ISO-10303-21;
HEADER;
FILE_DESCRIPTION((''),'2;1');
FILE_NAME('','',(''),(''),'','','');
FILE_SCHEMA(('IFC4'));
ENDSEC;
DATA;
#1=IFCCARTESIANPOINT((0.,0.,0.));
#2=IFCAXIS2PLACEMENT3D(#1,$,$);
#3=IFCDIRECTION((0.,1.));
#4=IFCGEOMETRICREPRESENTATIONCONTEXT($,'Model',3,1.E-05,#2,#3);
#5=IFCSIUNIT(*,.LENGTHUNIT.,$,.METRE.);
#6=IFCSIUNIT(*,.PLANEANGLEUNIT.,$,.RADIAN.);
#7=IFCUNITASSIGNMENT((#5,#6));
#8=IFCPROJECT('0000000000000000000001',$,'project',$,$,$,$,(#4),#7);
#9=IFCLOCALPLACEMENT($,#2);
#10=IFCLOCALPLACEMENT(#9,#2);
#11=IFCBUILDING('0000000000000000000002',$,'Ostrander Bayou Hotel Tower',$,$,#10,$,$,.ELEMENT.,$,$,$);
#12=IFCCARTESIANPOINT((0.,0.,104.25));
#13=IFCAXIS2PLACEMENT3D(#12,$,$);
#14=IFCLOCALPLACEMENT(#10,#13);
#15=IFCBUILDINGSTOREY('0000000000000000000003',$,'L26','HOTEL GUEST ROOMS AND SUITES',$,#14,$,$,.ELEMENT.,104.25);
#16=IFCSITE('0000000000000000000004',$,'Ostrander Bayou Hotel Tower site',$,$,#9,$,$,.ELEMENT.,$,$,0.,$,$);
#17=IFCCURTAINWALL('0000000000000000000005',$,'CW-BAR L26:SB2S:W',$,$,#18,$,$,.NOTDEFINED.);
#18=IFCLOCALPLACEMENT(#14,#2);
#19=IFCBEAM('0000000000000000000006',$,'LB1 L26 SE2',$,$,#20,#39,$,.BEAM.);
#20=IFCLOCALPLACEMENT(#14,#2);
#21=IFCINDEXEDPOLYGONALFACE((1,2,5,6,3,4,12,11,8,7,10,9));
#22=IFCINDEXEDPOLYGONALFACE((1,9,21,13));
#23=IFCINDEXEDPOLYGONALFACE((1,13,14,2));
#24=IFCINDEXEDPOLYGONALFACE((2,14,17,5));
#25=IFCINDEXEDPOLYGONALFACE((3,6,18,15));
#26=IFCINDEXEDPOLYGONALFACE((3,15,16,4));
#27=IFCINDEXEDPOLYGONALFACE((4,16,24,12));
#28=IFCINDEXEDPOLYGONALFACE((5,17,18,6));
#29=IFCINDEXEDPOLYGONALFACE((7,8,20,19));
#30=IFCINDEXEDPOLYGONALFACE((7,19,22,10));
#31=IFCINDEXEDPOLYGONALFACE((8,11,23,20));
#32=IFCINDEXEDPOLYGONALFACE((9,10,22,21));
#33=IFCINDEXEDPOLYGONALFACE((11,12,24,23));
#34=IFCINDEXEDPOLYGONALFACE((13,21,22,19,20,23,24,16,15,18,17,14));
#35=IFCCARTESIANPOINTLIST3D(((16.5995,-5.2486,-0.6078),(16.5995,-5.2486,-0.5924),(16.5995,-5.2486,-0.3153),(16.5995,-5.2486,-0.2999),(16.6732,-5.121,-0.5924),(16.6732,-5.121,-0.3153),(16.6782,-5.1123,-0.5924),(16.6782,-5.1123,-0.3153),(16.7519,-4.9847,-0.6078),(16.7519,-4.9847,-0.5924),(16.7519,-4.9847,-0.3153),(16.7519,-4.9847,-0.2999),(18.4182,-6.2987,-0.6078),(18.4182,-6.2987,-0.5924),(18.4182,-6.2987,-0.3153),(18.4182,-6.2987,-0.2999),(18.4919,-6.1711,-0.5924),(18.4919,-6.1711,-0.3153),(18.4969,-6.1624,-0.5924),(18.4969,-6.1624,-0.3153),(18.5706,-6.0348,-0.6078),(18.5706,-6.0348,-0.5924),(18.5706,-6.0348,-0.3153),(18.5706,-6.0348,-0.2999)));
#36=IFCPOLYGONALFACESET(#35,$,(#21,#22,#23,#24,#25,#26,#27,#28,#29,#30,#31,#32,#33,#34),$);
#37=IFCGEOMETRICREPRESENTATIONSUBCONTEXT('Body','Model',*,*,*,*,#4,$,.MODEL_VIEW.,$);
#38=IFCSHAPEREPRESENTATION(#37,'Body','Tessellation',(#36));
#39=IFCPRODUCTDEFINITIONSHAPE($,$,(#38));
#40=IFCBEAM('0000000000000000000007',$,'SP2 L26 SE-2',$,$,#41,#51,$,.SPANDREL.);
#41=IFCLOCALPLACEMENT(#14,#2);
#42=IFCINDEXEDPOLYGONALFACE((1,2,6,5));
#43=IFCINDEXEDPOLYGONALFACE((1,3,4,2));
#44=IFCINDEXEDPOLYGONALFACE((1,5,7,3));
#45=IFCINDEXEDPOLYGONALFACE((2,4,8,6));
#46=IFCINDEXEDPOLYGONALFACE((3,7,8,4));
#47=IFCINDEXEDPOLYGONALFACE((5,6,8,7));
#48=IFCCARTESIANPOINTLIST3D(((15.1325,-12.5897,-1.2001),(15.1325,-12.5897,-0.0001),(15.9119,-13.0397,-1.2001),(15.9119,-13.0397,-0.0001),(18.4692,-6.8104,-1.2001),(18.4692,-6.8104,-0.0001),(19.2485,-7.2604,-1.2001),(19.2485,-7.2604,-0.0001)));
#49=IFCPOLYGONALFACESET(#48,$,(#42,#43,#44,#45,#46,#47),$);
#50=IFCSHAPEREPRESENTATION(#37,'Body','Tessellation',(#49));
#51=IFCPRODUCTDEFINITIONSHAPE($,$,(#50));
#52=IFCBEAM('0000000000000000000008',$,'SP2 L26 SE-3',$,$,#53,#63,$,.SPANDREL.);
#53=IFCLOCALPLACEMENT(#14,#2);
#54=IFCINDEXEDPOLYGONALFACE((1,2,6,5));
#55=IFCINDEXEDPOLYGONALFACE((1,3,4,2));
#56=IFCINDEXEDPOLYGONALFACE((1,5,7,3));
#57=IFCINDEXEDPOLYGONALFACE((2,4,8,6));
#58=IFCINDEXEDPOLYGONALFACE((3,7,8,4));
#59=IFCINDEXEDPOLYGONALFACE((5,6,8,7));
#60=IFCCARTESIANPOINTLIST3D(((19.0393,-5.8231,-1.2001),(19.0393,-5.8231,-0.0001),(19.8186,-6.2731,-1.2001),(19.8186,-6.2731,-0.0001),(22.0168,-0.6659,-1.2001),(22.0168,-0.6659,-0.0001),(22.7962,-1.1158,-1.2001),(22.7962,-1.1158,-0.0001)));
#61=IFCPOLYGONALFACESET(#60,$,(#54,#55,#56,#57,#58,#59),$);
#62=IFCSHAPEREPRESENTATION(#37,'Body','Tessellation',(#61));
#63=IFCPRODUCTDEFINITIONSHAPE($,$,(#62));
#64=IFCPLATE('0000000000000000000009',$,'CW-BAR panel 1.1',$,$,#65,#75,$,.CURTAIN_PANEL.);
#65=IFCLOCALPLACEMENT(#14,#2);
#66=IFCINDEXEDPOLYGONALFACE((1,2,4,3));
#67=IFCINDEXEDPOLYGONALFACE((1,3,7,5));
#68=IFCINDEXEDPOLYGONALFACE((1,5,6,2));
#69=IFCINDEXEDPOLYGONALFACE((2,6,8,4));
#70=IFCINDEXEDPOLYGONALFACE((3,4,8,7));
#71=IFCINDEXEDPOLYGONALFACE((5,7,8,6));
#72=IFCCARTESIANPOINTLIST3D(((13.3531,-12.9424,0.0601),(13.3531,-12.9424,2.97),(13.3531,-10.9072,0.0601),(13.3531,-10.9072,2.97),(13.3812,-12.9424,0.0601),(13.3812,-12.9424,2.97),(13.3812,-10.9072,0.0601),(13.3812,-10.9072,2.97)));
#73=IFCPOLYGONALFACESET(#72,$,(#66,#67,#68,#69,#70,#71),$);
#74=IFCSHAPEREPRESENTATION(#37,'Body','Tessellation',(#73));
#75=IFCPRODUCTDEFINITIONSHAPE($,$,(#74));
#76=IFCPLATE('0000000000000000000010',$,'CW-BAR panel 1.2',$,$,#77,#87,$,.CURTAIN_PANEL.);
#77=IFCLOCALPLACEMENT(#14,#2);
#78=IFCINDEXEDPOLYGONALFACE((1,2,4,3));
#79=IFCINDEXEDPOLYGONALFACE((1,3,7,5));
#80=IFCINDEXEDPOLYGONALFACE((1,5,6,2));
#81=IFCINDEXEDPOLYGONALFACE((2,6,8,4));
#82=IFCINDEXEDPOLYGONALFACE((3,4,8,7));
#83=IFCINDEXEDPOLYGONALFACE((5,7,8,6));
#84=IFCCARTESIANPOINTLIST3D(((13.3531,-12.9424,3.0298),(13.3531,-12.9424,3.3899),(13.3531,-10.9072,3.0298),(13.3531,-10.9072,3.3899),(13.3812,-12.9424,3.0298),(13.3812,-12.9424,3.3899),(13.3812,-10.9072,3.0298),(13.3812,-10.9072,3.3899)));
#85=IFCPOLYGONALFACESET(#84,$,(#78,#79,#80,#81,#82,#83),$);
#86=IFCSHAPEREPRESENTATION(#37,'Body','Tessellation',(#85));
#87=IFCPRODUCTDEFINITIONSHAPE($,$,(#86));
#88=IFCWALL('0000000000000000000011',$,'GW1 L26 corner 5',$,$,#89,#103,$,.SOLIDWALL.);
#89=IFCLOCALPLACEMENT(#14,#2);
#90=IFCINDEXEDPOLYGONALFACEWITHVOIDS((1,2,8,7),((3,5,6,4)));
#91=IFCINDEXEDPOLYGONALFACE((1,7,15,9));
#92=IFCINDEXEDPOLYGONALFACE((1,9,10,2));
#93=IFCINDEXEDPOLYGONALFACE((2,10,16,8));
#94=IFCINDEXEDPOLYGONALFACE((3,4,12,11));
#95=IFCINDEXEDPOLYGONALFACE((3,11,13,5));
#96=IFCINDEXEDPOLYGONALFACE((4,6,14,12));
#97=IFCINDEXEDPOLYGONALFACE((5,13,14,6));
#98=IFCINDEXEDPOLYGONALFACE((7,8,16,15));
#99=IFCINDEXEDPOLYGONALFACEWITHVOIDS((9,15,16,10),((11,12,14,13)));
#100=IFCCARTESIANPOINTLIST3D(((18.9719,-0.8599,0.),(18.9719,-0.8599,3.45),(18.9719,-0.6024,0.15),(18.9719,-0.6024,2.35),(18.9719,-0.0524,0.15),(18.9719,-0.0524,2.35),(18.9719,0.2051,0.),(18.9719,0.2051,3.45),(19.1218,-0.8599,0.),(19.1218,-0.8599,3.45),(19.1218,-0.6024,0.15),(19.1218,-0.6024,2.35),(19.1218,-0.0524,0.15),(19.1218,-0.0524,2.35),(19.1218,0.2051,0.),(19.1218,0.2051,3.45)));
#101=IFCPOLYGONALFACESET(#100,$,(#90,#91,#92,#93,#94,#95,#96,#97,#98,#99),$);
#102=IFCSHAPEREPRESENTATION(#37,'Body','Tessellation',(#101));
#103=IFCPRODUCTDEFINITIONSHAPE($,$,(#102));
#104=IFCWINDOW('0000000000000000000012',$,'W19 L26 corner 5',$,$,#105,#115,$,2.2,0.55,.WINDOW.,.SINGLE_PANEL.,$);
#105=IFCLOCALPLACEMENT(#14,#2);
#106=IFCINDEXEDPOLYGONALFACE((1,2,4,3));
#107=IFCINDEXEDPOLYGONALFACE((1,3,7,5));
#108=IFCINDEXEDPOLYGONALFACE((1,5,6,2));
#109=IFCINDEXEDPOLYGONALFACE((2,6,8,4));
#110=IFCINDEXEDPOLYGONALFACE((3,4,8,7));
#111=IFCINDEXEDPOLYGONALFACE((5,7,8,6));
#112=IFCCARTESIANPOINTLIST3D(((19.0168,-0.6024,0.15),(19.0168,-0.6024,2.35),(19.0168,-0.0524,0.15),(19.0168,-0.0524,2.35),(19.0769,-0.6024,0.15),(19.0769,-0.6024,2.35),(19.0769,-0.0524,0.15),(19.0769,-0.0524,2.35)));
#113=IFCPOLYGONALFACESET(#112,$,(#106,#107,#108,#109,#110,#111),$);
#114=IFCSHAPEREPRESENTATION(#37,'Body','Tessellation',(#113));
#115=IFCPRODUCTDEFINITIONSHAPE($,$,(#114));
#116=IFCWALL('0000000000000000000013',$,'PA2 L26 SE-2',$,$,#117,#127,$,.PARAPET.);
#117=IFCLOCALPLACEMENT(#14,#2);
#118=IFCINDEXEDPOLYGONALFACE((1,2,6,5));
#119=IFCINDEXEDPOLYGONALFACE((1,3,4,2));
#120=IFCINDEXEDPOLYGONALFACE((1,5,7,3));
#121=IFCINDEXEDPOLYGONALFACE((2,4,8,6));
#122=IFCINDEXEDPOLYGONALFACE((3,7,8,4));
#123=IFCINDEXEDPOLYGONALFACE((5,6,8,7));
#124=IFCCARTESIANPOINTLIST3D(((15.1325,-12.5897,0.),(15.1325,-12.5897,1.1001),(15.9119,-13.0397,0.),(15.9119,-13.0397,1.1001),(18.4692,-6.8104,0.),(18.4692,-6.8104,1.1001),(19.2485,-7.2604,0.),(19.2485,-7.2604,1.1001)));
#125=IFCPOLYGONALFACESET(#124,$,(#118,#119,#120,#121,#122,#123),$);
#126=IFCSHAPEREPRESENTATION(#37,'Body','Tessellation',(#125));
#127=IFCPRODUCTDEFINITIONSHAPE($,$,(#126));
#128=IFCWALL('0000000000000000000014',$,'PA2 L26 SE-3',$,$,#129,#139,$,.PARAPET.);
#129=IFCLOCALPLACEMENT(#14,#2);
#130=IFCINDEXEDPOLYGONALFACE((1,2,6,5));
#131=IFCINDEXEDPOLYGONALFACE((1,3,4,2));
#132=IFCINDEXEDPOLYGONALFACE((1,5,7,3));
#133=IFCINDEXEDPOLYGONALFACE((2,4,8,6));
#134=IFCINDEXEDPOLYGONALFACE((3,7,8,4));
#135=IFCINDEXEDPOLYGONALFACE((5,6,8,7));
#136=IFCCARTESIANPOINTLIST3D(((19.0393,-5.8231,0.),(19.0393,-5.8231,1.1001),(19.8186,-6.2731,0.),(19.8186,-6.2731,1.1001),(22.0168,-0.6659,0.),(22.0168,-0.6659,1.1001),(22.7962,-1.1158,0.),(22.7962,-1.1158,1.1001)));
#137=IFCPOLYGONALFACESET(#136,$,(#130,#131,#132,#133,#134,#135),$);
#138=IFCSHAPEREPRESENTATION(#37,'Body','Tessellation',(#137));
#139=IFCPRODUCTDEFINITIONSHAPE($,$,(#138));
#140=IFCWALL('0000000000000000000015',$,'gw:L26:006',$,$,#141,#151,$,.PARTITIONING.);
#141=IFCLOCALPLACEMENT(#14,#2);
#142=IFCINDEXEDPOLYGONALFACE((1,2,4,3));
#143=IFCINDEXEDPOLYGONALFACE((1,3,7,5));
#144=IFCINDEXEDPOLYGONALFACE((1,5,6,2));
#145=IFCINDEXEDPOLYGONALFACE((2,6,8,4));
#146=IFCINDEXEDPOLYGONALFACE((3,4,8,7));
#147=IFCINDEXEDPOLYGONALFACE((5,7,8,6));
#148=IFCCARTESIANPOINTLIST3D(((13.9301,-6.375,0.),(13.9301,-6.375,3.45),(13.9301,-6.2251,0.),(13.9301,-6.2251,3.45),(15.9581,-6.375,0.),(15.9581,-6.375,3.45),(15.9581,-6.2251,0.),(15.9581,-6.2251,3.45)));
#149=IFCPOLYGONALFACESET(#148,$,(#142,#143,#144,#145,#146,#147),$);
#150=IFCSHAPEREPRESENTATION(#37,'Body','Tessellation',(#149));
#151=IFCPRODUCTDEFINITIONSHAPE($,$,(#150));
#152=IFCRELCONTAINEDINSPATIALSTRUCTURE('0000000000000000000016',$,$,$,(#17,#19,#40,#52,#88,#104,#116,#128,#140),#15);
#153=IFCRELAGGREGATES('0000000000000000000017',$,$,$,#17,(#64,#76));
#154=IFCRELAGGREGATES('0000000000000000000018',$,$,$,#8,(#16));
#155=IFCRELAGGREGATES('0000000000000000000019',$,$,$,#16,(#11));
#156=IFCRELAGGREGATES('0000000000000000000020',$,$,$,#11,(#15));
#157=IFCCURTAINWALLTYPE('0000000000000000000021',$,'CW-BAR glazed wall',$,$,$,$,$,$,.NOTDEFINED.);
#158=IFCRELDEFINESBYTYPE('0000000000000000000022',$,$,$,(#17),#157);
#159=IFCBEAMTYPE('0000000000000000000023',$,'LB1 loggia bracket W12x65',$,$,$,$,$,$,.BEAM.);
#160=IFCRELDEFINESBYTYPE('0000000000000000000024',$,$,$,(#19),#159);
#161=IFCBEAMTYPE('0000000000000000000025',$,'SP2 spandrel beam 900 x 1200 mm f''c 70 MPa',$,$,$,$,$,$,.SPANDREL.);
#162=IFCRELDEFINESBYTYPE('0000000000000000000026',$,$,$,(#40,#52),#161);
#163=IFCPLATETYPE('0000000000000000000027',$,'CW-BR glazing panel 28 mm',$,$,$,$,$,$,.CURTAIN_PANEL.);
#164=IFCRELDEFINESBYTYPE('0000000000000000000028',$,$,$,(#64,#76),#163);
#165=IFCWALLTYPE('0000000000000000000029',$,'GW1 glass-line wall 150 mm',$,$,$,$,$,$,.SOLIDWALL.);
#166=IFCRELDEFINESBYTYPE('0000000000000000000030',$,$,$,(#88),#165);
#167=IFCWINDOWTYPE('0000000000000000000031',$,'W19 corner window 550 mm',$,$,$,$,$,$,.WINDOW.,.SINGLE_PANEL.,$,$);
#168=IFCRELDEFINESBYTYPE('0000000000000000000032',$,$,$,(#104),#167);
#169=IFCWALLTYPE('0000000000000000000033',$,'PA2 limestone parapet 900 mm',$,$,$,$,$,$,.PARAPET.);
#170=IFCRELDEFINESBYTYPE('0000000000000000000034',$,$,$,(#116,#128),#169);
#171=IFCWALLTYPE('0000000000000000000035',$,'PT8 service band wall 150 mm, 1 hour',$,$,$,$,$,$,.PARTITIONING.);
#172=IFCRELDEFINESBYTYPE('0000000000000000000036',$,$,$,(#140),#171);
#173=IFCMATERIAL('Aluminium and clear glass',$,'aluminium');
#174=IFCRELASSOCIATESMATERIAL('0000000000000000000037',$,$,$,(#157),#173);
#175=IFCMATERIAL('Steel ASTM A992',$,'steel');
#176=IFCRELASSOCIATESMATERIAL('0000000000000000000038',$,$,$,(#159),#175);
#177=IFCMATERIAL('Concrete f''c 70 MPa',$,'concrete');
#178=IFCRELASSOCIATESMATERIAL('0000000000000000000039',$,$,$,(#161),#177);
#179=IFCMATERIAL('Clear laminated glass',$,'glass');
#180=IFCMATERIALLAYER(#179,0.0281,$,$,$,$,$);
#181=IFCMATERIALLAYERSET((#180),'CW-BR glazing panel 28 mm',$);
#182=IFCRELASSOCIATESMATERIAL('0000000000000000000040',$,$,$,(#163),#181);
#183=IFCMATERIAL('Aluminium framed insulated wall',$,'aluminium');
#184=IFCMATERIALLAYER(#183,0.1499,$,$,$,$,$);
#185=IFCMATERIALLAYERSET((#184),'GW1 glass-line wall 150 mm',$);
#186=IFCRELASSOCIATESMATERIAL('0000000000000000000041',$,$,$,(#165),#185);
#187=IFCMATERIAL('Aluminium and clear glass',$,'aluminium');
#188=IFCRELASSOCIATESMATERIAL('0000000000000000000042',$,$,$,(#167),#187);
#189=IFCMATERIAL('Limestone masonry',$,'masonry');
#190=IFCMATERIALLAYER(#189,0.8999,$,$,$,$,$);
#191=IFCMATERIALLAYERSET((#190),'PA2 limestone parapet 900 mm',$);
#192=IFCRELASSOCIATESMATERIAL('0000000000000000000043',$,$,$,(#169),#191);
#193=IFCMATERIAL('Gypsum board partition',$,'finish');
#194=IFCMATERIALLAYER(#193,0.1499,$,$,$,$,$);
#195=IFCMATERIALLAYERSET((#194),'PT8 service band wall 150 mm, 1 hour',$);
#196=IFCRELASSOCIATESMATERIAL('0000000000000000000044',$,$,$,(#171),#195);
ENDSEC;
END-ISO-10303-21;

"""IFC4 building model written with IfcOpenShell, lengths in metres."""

from ifc_helpers import new_model, si_unit, direction, frame, frame_2d, origin, origin_2d, place, context, subcontext, project, spatial, rectangle, i_section, extrude, material, layer, layer_set, material_profile, profile_set, type_object, element, fill, aggregate, save


model = new_model("IFC4")

# Units and contexts
model_context = context("Model", 3, precision=1e-05, world=origin(), true_north=direction((0.0, 1.0)))
body_context = subcontext(model_context, "Body", "Model", "MODEL_VIEW")
ifc_project = project(units=[si_unit("LENGTHUNIT", "METRE"), si_unit("PLANEANGLEUNIT", "RADIAN")], contexts=[model_context])

# Site, building, storey
site_placement = place(None, origin())
site = spatial("IfcSite", under=ifc_project, at=site_placement, Name="Ostrander Bayou Hotel Tower site", CompositionType="ELEMENT", RefElevation=0.0)
building_placement = place(site_placement, origin())
building = spatial("IfcBuilding", under=site, at=building_placement, Name="Ostrander Bayou Hotel Tower", CompositionType="ELEMENT")
storey_placement = place(building_placement, frame((0.0, 0.0, 104.25)))
storey = spatial("IfcBuildingStorey", under=building, at=storey_placement, Name="L26", Description="HOTEL GUEST ROOMS AND SUITES", CompositionType="ELEMENT", Elevation=104.25)

# Curtain wall
ifc_material_1 = material(Name="Aluminium and clear glass", Category="aluminium")
curtain_wall_type = type_object("IfcCurtainWallType", Name="CW-BAR glazed wall", PredefinedType="NOTDEFINED", material=ifc_material_1)
curtain_wall_placement = place(storey_placement, origin())
curtain_wall = element("IfcCurtainWall", 1, at=curtain_wall_placement, inside=storey, type_object=curtain_wall_type, Name="CW-BAR L26:SB2S:W", PredefinedType="NOTDEFINED")

# Beams
ifc_material_2 = material(Name="Steel ASTM A992", Category="steel")
ifc_material_profile_1 = material_profile(ifc_material_2, i_section(OverallWidth=0.3047, OverallDepth=0.3079, WebThickness=0.01, FlangeThickness=0.0154, at=origin_2d()))
ifc_profile_set_1 = profile_set([ifc_material_profile_1], Name="Steel ASTM A992")
beam_type_1 = type_object("IfcBeamType", Name="LB1 loggia bracket W12x65", PredefinedType="BEAM", material=ifc_profile_set_1)
for number, where, z_axis, x_axis, name in (
    (2, (18.4944, -6.1667, -0.4539), (-0.866009, 0.500028, 0.0), (-0.500028, -0.866009, 0.0), "LB1 L26 SE2"),
):
    element("IfcBeam", number, at=place(storey_placement, frame(where, z_axis=z_axis, x_axis=x_axis)), inside=storey, type_object=beam_type_1, Name=name, PredefinedType="BEAM", context=body_context, shape_type="SweptSolid", body=[
        extrude(i_section(OverallWidth=0.3047, OverallDepth=0.3079, WebThickness=0.01, FlangeThickness=0.0154, at=origin_2d()), origin(), (0.0, 0.0, 1.0), 2.1001),
    ])
ifc_material_3 = material(Name="Concrete f'c 70 MPa", Category="concrete")
ifc_material_profile_2 = material_profile(ifc_material_3, rectangle(XDim=0.8999, YDim=1.2, at=origin_2d()))
ifc_profile_set_2 = profile_set([ifc_material_profile_2], Name="Concrete f'c 70 MPa")
beam_type_2 = type_object("IfcBeamType", Name="SP2 spandrel beam 900 x 1200 mm f'c 70 MPa", PredefinedType="SPANDREL", material=ifc_profile_set_2)
beam_1_placement = place(storey_placement, frame((15.5222, -12.8147, -0.6001), z_axis=(0.499999, 0.866026, 0.0), x_axis=(-0.866026, 0.499999, 0.0)))
element("IfcBeam", 3, at=beam_1_placement, inside=storey, type_object=beam_type_2, Name="SP2 L26 SE-2", PredefinedType="SPANDREL", context=body_context, shape_type="SweptSolid", body=[
    extrude(rectangle(XDim=0.8999, YDim=1.2, at=origin_2d()), origin(), (0.0, 0.0, 1.0), 6.6733),
])
beam_2_placement = place(storey_placement, frame((19.429, -6.0481, -0.6001), z_axis=(0.500002, 0.866024, 0.0), x_axis=(-0.866024, 0.500002, 0.0)))
element("IfcBeam", 4, at=beam_2_placement, inside=storey, type_object=beam_type_2, Name="SP2 L26 SE-3", PredefinedType="SPANDREL", context=body_context, shape_type="SweptSolid", body=[
    extrude(rectangle(XDim=0.8999, YDim=1.2, at=origin_2d()), origin(), (0.0, 0.0, 1.0), 5.9551),
])

# Plates
ifc_material_4 = material(Name="Clear laminated glass", Category="glass")
ifc_layer_1 = layer(ifc_material_4, 0.0281)
ifc_layer_set_1 = layer_set([ifc_layer_1], Name="CW-BR glazing panel 28 mm")
plate_type = type_object("IfcPlateType", Name="CW-BR glazing panel 28 mm", PredefinedType="CURTAIN_PANEL", material=ifc_layer_set_1)
plate_1_placement = place(storey_placement, frame((13.3672, -11.9248, 0.0601), z_axis=(0.0, 0.0, 1.0), x_axis=(0.0, -1.0, 0.0)))
plate_1 = element("IfcPlate", 5, at=plate_1_placement, type_object=plate_type, Name="CW-BAR panel 1.1", PredefinedType="CURTAIN_PANEL", context=body_context, shape_type="SweptSolid", body=[
    extrude(rectangle(XDim=2.0352, YDim=0.0281, at=origin_2d()), origin(), (0.0, 0.0, 1.0), 2.9099),
])
plate_2_placement = place(storey_placement, frame((13.3672, -11.9248, 3.0298), z_axis=(0.0, 0.0, 1.0), x_axis=(0.0, -1.0, 0.0)))
plate_2 = element("IfcPlate", 6, at=plate_2_placement, type_object=plate_type, Name="CW-BAR panel 1.2", PredefinedType="CURTAIN_PANEL", context=body_context, shape_type="SweptSolid", body=[
    extrude(rectangle(XDim=2.0352, YDim=0.0281, at=origin_2d()), origin(), (0.0, 0.0, 1.0), 0.3601),
])
aggregate(curtain_wall, [plate_1, plate_2])

# Wall, opening, window
ifc_material_5 = material(Name="Aluminium framed insulated wall", Category="aluminium")
ifc_layer_2 = layer(ifc_material_5, 0.1499)
ifc_layer_set_2 = layer_set([ifc_layer_2], Name="GW1 glass-line wall 150 mm")
wall_type_1 = type_object("IfcWallType", Name="GW1 glass-line wall 150 mm", PredefinedType="SOLIDWALL", material=ifc_layer_set_2)
wall_1_placement = place(storey_placement, frame((19.0469, -0.8599, 0.0), z_axis=(0.0, 0.0, 1.0), x_axis=(0.0, 1.0, 0.0)))
wall_1 = element("IfcWall", 7, at=wall_1_placement, inside=storey, type_object=wall_type_1, Name="GW1 L26 corner 5", PredefinedType="SOLIDWALL", context=body_context, shape_type="SweptSolid", body=[
    extrude(rectangle(XDim=1.0649, YDim=0.1499, at=frame_2d((0.5325, 0.0))), origin(), (0.0, 0.0, 1.0), 3.45),
])
opening_1_placement = place(wall_1_placement, frame((0.2576, 0.0, 0.1499)))
opening_1 = element("IfcOpeningElement", 8, at=opening_1_placement, cuts=wall_1, PredefinedType="OPENING", context=body_context, shape_type="SweptSolid", body=[
    extrude(rectangle(XDim=0.55, YDim=2.2, at=frame_2d((0.2749, 1.1001))), frame((0.0, 0.075, 0.0), z_axis=(0.0, -1.0, 0.0), x_axis=(1.0, 0.0, 0.0)), (0.0, 0.0, 1.0), 0.1499),
])
ifc_material_6 = material(Name="Aluminium and clear glass", Category="aluminium")
window_type = type_object("IfcWindowType", Name="W19 corner window 550 mm", PartitioningType="SINGLE_PANEL", PredefinedType="WINDOW", material=ifc_material_6)
window_placement = place(opening_1_placement, origin())
window = element("IfcWindow", 9, at=window_placement, inside=storey, type_object=window_type, Name="W19 L26 corner 5", OverallHeight=2.2, OverallWidth=0.55, PartitioningType="SINGLE_PANEL", PredefinedType="WINDOW", context=body_context, shape_type="SweptSolid", body=[
    extrude(rectangle(XDim=0.55, YDim=2.2, at=frame_2d((0.2749, 1.1001))), frame((0.0, 0.03, 0.0), z_axis=(0.0, -1.0, 0.0), x_axis=(1.0, 0.0, 0.0)), (0.0, 0.0, 1.0), 0.0601),
])
fill(opening_1, window)

# Walls
ifc_material_7 = material(Name="Limestone masonry", Category="masonry")
ifc_layer_3 = layer(ifc_material_7, 0.8999)
ifc_layer_set_3 = layer_set([ifc_layer_3], Name="PA2 limestone parapet 900 mm")
wall_type_2 = type_object("IfcWallType", Name="PA2 limestone parapet 900 mm", PredefinedType="PARAPET", material=ifc_layer_set_3)
wall_2_placement = place(storey_placement, frame((15.5222, -12.8147, 0.0), z_axis=(0.0, 0.0, 1.0), x_axis=(0.499999, 0.866026, 0.0)))
element("IfcWall", 10, at=wall_2_placement, inside=storey, type_object=wall_type_2, Name="PA2 L26 SE-2", PredefinedType="PARAPET", context=body_context, shape_type="SweptSolid", body=[
    extrude(rectangle(XDim=6.6733, YDim=0.8999, at=frame_2d((3.3367, 0.0))), origin(), (0.0, 0.0, 1.0), 1.1001),
])
wall_3_placement = place(storey_placement, frame((19.429, -6.0481, 0.0), z_axis=(0.0, 0.0, 1.0), x_axis=(0.500002, 0.866024, 0.0)))
element("IfcWall", 11, at=wall_3_placement, inside=storey, type_object=wall_type_2, Name="PA2 L26 SE-3", PredefinedType="PARAPET", context=body_context, shape_type="SweptSolid", body=[
    extrude(rectangle(XDim=5.9551, YDim=0.8999, at=frame_2d((2.9775, 0.0))), origin(), (0.0, 0.0, 1.0), 1.1001),
])
ifc_material_8 = material(Name="Gypsum board partition", Category="finish")
ifc_layer_4 = layer(ifc_material_8, 0.1499)
ifc_layer_set_4 = layer_set([ifc_layer_4], Name="PT8 service band wall 150 mm, 1 hour")
wall_type_3 = type_object("IfcWallType", Name="PT8 service band wall 150 mm, 1 hour", PredefinedType="PARTITIONING", material=ifc_layer_set_4)
wall_4_placement = place(storey_placement, frame((13.9299, -6.3, 0.0), z_axis=(0.0, 0.0, 1.0), x_axis=(1.0, 0.0, 0.0)))
element("IfcWall", 12, at=wall_4_placement, inside=storey, type_object=wall_type_3, Name="gw:L26:006", PredefinedType="PARTITIONING", context=body_context, shape_type="SweptSolid", body=[
    extrude(rectangle(XDim=2.0281, YDim=0.1499, at=frame_2d((1.0142, 0.0))), origin(), (0.0, 0.0, 1.0), 3.45),
])

save(model, "model.ifc")
